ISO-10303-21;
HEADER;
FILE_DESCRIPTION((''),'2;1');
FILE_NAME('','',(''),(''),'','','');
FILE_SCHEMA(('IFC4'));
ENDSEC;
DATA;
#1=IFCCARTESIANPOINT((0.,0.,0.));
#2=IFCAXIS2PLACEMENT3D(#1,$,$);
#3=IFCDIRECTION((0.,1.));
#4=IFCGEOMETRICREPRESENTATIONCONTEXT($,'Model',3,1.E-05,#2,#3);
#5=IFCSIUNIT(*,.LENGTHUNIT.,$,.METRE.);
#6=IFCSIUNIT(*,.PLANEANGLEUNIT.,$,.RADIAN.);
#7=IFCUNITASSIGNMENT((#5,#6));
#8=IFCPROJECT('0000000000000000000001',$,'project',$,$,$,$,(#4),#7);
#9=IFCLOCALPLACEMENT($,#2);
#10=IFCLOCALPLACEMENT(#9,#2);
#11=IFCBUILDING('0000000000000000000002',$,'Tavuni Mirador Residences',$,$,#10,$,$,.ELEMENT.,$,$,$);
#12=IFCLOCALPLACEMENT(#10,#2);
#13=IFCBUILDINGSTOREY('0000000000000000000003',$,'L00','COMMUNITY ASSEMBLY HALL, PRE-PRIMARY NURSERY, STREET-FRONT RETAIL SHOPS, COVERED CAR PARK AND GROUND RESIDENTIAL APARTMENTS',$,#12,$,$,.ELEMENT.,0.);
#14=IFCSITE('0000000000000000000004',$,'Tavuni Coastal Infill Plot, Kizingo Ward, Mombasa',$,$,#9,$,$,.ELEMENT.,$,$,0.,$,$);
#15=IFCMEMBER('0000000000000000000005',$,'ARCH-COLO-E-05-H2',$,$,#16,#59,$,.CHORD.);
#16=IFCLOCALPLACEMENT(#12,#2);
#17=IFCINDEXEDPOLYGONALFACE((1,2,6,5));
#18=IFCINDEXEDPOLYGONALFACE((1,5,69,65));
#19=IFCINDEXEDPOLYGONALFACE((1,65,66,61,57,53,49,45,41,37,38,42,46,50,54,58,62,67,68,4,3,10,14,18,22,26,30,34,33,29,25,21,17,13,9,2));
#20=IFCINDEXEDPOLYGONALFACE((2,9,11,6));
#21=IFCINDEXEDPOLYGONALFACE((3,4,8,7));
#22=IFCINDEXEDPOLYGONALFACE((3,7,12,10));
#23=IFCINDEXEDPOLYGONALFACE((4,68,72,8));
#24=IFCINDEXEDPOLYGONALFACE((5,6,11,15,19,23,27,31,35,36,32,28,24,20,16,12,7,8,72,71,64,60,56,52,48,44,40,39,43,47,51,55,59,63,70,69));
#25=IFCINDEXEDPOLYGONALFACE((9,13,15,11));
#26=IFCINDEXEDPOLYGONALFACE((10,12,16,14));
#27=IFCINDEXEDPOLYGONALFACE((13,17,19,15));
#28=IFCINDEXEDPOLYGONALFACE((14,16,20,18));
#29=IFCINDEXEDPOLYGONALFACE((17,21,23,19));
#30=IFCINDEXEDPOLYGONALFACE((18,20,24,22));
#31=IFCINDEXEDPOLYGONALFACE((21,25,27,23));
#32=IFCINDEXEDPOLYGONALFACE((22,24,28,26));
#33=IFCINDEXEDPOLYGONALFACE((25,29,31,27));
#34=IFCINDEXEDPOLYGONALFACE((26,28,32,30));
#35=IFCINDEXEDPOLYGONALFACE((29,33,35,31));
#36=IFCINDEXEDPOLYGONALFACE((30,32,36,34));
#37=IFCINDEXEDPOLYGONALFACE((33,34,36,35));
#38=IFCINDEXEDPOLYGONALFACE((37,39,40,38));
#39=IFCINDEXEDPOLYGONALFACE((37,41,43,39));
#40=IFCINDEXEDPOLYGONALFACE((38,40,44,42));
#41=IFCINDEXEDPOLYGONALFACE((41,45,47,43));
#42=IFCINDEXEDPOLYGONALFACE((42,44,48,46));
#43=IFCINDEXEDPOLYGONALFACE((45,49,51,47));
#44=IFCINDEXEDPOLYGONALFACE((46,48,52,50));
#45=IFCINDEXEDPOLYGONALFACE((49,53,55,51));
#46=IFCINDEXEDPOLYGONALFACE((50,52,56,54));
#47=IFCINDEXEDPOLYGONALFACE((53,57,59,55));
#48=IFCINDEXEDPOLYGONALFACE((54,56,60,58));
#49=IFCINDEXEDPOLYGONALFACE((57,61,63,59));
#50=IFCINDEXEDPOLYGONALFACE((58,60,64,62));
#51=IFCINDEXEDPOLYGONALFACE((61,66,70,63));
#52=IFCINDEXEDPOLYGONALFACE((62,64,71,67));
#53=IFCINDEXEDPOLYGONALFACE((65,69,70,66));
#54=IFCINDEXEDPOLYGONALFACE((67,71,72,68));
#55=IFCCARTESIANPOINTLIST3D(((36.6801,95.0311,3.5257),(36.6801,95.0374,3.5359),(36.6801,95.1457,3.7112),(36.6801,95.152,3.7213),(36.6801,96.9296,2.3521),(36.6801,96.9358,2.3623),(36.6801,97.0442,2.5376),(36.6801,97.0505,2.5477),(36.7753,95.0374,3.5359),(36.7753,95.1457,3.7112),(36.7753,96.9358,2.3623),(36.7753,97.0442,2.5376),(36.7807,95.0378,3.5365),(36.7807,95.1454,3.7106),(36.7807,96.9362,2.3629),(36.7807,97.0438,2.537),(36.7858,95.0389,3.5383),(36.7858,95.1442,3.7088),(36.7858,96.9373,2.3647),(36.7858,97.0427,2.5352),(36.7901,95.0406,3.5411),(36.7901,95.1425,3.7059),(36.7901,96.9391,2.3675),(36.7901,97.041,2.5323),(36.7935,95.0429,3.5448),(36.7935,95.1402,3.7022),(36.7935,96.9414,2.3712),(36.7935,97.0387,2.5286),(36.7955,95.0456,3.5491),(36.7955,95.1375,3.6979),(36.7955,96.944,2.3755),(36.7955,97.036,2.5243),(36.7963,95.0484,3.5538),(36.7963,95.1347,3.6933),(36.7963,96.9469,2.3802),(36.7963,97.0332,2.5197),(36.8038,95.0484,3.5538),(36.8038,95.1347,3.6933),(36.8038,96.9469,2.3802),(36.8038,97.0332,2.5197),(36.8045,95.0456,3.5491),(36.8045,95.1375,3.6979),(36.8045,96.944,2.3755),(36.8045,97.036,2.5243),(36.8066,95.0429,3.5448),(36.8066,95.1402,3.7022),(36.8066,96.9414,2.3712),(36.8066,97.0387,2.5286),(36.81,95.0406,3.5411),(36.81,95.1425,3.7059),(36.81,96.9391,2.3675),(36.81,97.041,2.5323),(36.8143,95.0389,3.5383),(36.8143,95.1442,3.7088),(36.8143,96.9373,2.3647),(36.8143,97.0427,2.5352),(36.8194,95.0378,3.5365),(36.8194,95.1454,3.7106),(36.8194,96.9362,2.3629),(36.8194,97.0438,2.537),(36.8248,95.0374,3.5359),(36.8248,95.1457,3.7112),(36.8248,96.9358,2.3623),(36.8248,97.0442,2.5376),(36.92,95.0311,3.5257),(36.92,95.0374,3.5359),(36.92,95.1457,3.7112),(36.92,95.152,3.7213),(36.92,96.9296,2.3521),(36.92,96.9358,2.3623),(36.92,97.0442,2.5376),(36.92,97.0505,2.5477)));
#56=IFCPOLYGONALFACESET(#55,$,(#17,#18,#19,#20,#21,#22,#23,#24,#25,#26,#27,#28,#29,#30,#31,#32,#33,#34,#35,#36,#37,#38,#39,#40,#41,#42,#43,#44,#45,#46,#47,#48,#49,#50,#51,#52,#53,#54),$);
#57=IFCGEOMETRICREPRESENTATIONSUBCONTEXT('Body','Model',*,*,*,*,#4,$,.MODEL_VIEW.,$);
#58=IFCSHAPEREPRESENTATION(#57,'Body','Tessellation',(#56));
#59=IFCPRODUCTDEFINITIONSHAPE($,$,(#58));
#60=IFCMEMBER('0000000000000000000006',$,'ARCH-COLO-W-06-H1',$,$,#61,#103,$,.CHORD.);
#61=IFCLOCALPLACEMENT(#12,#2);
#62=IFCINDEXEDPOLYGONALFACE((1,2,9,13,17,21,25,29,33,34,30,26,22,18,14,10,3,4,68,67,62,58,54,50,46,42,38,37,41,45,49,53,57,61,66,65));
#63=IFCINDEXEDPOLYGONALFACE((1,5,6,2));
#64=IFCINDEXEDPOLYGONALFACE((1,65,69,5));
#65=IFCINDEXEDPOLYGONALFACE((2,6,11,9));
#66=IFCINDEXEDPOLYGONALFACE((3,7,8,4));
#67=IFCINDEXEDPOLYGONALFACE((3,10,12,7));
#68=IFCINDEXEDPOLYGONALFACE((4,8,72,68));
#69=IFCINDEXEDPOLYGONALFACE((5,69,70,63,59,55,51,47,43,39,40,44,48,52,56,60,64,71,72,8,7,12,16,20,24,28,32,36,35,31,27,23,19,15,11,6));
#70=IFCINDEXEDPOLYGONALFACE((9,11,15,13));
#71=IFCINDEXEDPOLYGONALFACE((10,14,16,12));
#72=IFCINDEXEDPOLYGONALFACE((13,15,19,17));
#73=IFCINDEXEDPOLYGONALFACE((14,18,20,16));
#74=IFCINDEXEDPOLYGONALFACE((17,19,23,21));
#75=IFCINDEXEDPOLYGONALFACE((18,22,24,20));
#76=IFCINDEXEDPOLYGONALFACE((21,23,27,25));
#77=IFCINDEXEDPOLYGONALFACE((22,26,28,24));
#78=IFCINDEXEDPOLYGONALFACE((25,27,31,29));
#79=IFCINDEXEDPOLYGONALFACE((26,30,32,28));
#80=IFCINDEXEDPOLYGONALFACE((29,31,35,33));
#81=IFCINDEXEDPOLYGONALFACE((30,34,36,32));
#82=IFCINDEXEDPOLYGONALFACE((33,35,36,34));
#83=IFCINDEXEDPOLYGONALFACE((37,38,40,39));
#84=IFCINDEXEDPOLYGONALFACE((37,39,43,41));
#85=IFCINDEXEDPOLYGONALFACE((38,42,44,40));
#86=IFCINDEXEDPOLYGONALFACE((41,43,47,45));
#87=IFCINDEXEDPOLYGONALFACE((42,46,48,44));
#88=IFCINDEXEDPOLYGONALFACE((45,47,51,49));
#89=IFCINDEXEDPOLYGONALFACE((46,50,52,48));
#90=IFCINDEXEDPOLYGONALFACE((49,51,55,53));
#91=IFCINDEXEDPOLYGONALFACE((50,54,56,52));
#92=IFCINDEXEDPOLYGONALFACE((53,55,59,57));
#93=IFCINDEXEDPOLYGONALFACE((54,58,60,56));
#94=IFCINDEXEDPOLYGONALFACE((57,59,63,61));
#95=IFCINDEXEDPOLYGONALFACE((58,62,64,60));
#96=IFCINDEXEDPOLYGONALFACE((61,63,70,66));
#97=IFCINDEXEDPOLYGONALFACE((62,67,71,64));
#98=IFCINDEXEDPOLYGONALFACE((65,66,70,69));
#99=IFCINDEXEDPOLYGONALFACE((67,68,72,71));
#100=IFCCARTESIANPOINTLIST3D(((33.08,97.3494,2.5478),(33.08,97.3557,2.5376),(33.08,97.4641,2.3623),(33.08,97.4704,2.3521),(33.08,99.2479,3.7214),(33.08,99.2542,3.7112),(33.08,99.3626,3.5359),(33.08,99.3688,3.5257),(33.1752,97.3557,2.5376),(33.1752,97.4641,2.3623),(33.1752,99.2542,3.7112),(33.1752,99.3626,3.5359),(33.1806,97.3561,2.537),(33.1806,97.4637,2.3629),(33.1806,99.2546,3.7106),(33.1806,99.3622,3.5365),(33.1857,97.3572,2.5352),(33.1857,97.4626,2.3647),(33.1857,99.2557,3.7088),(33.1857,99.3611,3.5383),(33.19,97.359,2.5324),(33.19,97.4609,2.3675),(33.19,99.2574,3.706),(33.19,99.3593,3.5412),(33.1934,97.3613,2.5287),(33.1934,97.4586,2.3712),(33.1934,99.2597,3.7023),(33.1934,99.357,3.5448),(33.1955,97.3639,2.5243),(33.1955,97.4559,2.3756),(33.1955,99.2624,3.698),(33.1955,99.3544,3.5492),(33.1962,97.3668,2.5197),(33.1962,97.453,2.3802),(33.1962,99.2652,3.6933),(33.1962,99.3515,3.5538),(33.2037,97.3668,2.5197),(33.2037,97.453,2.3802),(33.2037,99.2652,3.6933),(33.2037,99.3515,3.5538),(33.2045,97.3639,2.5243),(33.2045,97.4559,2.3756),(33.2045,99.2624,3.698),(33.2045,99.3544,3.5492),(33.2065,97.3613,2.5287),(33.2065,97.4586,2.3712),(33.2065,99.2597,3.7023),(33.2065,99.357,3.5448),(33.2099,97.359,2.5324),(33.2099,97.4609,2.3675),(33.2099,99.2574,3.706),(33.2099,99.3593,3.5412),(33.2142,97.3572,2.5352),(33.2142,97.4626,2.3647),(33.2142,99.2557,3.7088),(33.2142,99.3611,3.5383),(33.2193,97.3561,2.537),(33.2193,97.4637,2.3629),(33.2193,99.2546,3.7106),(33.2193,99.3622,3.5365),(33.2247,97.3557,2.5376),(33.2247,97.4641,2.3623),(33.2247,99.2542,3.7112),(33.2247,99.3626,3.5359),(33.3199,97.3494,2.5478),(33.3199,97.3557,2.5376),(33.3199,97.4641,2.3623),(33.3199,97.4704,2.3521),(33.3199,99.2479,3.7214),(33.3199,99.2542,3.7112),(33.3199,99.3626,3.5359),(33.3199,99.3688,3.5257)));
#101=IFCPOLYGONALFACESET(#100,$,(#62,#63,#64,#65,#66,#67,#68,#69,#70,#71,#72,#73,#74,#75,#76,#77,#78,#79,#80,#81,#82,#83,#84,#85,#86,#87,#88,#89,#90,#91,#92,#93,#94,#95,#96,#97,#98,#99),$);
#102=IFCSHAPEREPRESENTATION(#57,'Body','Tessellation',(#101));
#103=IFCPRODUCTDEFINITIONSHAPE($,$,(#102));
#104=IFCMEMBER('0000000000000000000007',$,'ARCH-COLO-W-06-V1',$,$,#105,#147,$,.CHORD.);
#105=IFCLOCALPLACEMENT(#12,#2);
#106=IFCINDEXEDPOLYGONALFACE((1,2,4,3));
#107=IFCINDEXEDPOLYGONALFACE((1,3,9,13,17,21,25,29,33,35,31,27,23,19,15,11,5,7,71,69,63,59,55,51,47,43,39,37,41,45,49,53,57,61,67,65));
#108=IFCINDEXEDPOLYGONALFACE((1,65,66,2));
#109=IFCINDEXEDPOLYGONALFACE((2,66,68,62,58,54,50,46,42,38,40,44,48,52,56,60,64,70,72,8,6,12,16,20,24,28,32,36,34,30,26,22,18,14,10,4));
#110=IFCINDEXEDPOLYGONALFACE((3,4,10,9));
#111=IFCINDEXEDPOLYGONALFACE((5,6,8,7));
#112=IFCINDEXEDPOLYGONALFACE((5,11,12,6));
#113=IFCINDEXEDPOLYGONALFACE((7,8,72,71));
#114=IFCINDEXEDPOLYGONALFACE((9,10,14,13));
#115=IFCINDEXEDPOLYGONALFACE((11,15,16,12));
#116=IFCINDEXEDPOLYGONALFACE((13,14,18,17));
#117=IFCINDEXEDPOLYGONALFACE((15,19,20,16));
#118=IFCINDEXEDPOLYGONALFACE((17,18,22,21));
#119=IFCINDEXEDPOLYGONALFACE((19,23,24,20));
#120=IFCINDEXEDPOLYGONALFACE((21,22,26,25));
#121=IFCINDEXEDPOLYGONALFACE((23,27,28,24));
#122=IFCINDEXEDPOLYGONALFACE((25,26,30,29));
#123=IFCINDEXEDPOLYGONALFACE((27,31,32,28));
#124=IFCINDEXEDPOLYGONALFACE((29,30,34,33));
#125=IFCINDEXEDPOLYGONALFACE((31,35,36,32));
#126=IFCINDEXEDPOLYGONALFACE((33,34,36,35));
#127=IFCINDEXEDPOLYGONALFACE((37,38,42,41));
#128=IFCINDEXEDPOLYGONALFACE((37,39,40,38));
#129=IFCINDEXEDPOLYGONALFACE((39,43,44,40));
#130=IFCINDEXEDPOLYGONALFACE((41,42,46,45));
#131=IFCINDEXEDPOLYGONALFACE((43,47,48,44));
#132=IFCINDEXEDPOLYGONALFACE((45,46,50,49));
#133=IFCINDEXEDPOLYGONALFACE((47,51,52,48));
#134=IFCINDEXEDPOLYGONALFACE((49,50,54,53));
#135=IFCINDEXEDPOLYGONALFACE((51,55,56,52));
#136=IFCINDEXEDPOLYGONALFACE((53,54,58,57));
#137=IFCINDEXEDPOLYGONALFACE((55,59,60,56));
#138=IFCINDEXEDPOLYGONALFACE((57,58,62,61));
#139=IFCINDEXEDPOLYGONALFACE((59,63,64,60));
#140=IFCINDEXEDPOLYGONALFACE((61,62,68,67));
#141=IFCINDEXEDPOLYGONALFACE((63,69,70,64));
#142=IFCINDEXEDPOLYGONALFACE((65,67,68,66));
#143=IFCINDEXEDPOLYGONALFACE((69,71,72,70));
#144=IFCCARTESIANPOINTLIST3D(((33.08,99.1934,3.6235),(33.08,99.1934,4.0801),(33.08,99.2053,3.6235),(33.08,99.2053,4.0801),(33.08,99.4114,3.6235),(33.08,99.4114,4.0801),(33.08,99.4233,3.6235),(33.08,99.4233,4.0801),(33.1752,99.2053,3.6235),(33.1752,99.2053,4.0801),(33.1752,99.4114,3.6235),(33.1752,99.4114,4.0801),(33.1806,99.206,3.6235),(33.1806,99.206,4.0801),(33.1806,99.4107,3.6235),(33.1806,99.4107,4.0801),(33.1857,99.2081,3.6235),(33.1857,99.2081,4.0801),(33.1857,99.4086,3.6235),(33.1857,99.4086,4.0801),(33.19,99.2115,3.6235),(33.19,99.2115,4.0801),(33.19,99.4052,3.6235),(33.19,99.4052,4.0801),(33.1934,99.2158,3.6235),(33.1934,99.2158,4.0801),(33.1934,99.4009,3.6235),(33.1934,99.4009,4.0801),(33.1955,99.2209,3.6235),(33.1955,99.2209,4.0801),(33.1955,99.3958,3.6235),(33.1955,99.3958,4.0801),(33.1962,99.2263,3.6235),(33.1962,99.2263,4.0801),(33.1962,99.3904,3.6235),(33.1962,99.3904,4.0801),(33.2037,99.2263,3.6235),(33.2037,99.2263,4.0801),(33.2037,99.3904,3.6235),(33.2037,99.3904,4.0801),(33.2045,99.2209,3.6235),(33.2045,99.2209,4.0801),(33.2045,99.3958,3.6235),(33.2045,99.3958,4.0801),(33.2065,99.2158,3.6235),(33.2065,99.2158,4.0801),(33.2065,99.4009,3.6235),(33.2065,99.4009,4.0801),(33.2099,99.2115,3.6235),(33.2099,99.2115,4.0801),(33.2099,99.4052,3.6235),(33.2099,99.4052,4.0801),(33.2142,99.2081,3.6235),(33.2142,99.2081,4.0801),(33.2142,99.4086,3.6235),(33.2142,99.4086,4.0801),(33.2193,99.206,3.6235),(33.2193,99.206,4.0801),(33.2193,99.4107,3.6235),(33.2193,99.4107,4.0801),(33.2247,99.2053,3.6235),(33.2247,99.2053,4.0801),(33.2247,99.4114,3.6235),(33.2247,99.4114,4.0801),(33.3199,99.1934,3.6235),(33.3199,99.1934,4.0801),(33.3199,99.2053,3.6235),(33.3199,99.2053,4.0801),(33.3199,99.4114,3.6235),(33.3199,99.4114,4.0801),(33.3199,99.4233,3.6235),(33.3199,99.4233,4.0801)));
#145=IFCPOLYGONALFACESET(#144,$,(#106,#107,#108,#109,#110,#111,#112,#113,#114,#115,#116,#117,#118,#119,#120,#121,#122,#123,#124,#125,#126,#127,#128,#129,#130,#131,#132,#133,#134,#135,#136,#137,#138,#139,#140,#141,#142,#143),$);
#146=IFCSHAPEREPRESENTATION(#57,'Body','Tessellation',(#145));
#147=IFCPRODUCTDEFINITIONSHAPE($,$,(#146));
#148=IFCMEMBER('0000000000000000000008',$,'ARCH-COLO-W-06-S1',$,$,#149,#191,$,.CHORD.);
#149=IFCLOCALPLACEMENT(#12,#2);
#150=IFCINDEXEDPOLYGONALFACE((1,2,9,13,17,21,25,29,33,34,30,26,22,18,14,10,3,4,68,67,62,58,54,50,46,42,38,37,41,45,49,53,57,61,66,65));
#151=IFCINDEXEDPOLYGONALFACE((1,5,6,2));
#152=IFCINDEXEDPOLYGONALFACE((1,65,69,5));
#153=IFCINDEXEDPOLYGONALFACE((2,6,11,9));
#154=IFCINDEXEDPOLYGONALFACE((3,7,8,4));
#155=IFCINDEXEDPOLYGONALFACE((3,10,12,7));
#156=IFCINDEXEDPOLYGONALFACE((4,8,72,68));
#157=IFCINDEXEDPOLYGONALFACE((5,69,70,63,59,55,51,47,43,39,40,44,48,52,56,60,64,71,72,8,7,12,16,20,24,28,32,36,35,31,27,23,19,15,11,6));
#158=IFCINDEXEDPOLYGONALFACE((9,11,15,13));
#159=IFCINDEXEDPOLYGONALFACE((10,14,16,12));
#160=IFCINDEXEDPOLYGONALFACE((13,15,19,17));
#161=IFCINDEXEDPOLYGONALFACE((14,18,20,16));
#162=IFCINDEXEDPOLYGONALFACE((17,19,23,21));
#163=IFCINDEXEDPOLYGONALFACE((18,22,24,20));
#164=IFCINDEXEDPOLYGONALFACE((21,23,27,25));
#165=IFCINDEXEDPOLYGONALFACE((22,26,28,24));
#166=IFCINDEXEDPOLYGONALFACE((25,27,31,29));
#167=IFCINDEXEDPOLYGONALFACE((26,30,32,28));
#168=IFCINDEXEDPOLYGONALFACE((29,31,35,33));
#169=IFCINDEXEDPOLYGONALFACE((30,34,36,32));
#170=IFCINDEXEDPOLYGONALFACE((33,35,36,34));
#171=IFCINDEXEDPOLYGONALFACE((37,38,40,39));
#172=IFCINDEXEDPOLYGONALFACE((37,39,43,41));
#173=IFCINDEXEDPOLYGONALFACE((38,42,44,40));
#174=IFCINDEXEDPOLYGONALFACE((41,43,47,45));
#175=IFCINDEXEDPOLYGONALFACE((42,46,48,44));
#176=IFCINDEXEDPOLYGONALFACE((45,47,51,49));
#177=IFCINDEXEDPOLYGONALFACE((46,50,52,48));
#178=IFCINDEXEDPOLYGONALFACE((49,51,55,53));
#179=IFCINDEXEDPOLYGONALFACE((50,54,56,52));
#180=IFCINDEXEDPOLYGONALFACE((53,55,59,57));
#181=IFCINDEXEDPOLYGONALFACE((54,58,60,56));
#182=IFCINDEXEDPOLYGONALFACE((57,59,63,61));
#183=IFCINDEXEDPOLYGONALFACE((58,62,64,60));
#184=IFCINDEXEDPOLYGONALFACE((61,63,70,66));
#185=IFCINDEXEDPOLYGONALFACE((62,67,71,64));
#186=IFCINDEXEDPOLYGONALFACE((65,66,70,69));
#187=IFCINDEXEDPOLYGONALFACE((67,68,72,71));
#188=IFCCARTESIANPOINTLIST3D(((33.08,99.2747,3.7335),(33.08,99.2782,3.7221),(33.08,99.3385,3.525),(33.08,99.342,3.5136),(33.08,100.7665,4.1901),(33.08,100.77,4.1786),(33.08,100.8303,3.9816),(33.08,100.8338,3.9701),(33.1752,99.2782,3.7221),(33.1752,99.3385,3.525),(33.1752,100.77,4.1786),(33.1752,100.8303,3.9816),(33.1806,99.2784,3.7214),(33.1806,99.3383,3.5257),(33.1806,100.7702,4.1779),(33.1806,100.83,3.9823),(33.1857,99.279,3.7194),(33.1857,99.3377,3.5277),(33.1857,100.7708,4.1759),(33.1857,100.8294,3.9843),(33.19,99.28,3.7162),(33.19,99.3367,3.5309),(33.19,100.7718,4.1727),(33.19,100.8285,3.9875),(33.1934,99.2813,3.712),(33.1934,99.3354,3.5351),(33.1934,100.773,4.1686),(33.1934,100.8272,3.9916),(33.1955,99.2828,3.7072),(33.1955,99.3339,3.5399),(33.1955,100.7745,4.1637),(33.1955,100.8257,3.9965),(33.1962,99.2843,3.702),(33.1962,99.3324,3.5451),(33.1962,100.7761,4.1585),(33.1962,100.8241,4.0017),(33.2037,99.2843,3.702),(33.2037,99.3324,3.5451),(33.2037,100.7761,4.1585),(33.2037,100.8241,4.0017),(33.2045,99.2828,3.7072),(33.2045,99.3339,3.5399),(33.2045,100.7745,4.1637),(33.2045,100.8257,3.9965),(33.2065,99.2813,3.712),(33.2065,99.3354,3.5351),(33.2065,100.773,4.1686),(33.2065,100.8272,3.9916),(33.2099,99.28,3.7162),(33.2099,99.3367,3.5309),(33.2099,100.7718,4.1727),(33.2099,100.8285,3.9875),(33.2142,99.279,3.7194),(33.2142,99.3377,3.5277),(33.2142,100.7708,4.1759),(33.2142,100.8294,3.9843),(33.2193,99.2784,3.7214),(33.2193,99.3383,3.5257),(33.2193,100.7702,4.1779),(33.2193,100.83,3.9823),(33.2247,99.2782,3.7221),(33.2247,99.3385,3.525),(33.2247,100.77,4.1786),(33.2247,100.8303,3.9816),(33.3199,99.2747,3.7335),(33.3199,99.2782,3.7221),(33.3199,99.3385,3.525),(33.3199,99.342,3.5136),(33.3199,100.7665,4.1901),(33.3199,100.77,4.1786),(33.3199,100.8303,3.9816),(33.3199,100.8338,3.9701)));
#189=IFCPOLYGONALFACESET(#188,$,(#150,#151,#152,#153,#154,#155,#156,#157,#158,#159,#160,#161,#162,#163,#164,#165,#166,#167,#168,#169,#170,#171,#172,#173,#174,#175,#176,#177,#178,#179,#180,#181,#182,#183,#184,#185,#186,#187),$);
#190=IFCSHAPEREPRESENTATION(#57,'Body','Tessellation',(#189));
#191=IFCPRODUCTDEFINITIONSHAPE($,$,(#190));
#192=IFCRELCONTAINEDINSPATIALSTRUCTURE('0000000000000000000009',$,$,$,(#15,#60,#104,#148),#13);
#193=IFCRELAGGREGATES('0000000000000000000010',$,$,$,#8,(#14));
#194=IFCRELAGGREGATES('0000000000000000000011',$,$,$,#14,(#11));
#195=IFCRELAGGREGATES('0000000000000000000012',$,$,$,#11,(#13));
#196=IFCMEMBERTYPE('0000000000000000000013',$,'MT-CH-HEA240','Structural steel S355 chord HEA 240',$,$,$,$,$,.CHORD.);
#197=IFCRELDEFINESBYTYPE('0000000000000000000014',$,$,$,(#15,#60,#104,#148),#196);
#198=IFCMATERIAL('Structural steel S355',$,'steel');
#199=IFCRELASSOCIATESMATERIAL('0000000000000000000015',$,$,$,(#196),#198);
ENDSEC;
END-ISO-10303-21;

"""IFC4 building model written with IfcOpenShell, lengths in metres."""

from ifc_helpers import new_model, si_unit, direction, frame, origin, origin_2d, place, context, subcontext, project, spatial, i_section, extrude, material, material_profile, profile_set, type_object, element, save


model = new_model("IFC4")

# Units and contexts
model_context = context("Model", 3, precision=1e-05, world=origin(), true_north=direction((0.0, 1.0)))
body_context = subcontext(model_context, "Body", "Model", "MODEL_VIEW")
ifc_project = project(units=[si_unit("LENGTHUNIT", "METRE"), si_unit("PLANEANGLEUNIT", "RADIAN")], contexts=[model_context])

# Site, building, storey
site_placement = place(None, origin())
site = spatial("IfcSite", under=ifc_project, at=site_placement, Name="Tavuni Coastal Infill Plot, Kizingo Ward, Mombasa", CompositionType="ELEMENT", RefElevation=0.0)
building_placement = place(site_placement, origin())
building = spatial("IfcBuilding", under=site, at=building_placement, Name="Tavuni Mirador Residences", CompositionType="ELEMENT")
storey_placement = place(building_placement, origin())
storey = spatial("IfcBuildingStorey", under=building, at=storey_placement, Name="L00", Description="COMMUNITY ASSEMBLY HALL, PRE-PRIMARY NURSERY, STREET-FRONT RETAIL SHOPS, COVERED CAR PARK AND GROUND RESIDENTIAL APARTMENTS", CompositionType="ELEMENT", Elevation=0.0)

# Members
ifc_material_1 = material(Name="Structural steel S355", Category="steel")
ifc_material_profile_1 = material_profile(ifc_material_1, i_section(OverallWidth=0.24, OverallDepth=0.23, WebThickness=0.0076, FlangeThickness=0.012, FilletRadius=0.021, at=origin_2d()), Name="HEA 240", Category="steel")
ifc_profile_set_1 = profile_set([ifc_material_profile_1], Name="Structural steel S355")
member_type_1 = type_object("IfcMemberType", Name="MT-CH-HEA240", Description="Structural steel S355 chord HEA 240", PredefinedType="CHORD", material=ifc_profile_set_1)
for number, where, z_axis, x_axis, name in (
    (1, (36.8, 95.0916, 3.6235), (0.0, 0.850594, -0.525824), (-1.0, 0.0, 0.0), "ARCH-COLO-E-05-H2"),
    (2, (33.2, 97.4099, 2.45), (0.0, 0.850594, 0.525824), (-1.0, 0.0, 0.0), "ARCH-COLO-W-06-H1"),
):
    element("IfcMember", number, at=place(storey_placement, frame(where, z_axis=z_axis, x_axis=x_axis)), inside=storey, type_object=member_type_1, Name=name, PredefinedType="CHORD", context=body_context, shape_type="SweptSolid", body=[
        extrude(i_section(OverallWidth=0.24, OverallDepth=0.23, WebThickness=0.0076, FlangeThickness=0.012, FilletRadius=0.021, at=origin_2d()), origin(), (0.0, 0.0, 1.0), 2.2319),
    ])
member_1_placement = place(storey_placement, frame((33.2, 99.3083, 3.6235), z_axis=(0.0, 0.0, 1.0), x_axis=(1.0, 0.0, 0.0)))
element("IfcMember", 3, at=member_1_placement, inside=storey, type_object=member_type_1, Name="ARCH-COLO-W-06-V1", PredefinedType="CHORD", context=body_context, shape_type="SweptSolid", body=[
    extrude(i_section(OverallWidth=0.24, OverallDepth=0.23, WebThickness=0.0076, FlangeThickness=0.012, FilletRadius=0.021, at=origin_2d()), origin(), (0.0, 0.0, 1.0), 0.4565),
])
member_2_placement = place(storey_placement, frame((33.2, 99.3083, 3.6235), z_axis=(0.0, 0.956218, 0.292656), x_axis=(-1.0, 0.0, 0.0)))
element("IfcMember", 4, at=member_2_placement, inside=storey, type_object=member_type_1, Name="ARCH-COLO-W-06-S1", PredefinedType="CHORD", context=body_context, shape_type="SweptSolid", body=[
    extrude(i_section(OverallWidth=0.24, OverallDepth=0.23, WebThickness=0.0076, FlangeThickness=0.012, FilletRadius=0.021, at=origin_2d()), origin(), (0.0, 0.0, 1.0), 1.5601),
])

save(model, "model.ifc")
